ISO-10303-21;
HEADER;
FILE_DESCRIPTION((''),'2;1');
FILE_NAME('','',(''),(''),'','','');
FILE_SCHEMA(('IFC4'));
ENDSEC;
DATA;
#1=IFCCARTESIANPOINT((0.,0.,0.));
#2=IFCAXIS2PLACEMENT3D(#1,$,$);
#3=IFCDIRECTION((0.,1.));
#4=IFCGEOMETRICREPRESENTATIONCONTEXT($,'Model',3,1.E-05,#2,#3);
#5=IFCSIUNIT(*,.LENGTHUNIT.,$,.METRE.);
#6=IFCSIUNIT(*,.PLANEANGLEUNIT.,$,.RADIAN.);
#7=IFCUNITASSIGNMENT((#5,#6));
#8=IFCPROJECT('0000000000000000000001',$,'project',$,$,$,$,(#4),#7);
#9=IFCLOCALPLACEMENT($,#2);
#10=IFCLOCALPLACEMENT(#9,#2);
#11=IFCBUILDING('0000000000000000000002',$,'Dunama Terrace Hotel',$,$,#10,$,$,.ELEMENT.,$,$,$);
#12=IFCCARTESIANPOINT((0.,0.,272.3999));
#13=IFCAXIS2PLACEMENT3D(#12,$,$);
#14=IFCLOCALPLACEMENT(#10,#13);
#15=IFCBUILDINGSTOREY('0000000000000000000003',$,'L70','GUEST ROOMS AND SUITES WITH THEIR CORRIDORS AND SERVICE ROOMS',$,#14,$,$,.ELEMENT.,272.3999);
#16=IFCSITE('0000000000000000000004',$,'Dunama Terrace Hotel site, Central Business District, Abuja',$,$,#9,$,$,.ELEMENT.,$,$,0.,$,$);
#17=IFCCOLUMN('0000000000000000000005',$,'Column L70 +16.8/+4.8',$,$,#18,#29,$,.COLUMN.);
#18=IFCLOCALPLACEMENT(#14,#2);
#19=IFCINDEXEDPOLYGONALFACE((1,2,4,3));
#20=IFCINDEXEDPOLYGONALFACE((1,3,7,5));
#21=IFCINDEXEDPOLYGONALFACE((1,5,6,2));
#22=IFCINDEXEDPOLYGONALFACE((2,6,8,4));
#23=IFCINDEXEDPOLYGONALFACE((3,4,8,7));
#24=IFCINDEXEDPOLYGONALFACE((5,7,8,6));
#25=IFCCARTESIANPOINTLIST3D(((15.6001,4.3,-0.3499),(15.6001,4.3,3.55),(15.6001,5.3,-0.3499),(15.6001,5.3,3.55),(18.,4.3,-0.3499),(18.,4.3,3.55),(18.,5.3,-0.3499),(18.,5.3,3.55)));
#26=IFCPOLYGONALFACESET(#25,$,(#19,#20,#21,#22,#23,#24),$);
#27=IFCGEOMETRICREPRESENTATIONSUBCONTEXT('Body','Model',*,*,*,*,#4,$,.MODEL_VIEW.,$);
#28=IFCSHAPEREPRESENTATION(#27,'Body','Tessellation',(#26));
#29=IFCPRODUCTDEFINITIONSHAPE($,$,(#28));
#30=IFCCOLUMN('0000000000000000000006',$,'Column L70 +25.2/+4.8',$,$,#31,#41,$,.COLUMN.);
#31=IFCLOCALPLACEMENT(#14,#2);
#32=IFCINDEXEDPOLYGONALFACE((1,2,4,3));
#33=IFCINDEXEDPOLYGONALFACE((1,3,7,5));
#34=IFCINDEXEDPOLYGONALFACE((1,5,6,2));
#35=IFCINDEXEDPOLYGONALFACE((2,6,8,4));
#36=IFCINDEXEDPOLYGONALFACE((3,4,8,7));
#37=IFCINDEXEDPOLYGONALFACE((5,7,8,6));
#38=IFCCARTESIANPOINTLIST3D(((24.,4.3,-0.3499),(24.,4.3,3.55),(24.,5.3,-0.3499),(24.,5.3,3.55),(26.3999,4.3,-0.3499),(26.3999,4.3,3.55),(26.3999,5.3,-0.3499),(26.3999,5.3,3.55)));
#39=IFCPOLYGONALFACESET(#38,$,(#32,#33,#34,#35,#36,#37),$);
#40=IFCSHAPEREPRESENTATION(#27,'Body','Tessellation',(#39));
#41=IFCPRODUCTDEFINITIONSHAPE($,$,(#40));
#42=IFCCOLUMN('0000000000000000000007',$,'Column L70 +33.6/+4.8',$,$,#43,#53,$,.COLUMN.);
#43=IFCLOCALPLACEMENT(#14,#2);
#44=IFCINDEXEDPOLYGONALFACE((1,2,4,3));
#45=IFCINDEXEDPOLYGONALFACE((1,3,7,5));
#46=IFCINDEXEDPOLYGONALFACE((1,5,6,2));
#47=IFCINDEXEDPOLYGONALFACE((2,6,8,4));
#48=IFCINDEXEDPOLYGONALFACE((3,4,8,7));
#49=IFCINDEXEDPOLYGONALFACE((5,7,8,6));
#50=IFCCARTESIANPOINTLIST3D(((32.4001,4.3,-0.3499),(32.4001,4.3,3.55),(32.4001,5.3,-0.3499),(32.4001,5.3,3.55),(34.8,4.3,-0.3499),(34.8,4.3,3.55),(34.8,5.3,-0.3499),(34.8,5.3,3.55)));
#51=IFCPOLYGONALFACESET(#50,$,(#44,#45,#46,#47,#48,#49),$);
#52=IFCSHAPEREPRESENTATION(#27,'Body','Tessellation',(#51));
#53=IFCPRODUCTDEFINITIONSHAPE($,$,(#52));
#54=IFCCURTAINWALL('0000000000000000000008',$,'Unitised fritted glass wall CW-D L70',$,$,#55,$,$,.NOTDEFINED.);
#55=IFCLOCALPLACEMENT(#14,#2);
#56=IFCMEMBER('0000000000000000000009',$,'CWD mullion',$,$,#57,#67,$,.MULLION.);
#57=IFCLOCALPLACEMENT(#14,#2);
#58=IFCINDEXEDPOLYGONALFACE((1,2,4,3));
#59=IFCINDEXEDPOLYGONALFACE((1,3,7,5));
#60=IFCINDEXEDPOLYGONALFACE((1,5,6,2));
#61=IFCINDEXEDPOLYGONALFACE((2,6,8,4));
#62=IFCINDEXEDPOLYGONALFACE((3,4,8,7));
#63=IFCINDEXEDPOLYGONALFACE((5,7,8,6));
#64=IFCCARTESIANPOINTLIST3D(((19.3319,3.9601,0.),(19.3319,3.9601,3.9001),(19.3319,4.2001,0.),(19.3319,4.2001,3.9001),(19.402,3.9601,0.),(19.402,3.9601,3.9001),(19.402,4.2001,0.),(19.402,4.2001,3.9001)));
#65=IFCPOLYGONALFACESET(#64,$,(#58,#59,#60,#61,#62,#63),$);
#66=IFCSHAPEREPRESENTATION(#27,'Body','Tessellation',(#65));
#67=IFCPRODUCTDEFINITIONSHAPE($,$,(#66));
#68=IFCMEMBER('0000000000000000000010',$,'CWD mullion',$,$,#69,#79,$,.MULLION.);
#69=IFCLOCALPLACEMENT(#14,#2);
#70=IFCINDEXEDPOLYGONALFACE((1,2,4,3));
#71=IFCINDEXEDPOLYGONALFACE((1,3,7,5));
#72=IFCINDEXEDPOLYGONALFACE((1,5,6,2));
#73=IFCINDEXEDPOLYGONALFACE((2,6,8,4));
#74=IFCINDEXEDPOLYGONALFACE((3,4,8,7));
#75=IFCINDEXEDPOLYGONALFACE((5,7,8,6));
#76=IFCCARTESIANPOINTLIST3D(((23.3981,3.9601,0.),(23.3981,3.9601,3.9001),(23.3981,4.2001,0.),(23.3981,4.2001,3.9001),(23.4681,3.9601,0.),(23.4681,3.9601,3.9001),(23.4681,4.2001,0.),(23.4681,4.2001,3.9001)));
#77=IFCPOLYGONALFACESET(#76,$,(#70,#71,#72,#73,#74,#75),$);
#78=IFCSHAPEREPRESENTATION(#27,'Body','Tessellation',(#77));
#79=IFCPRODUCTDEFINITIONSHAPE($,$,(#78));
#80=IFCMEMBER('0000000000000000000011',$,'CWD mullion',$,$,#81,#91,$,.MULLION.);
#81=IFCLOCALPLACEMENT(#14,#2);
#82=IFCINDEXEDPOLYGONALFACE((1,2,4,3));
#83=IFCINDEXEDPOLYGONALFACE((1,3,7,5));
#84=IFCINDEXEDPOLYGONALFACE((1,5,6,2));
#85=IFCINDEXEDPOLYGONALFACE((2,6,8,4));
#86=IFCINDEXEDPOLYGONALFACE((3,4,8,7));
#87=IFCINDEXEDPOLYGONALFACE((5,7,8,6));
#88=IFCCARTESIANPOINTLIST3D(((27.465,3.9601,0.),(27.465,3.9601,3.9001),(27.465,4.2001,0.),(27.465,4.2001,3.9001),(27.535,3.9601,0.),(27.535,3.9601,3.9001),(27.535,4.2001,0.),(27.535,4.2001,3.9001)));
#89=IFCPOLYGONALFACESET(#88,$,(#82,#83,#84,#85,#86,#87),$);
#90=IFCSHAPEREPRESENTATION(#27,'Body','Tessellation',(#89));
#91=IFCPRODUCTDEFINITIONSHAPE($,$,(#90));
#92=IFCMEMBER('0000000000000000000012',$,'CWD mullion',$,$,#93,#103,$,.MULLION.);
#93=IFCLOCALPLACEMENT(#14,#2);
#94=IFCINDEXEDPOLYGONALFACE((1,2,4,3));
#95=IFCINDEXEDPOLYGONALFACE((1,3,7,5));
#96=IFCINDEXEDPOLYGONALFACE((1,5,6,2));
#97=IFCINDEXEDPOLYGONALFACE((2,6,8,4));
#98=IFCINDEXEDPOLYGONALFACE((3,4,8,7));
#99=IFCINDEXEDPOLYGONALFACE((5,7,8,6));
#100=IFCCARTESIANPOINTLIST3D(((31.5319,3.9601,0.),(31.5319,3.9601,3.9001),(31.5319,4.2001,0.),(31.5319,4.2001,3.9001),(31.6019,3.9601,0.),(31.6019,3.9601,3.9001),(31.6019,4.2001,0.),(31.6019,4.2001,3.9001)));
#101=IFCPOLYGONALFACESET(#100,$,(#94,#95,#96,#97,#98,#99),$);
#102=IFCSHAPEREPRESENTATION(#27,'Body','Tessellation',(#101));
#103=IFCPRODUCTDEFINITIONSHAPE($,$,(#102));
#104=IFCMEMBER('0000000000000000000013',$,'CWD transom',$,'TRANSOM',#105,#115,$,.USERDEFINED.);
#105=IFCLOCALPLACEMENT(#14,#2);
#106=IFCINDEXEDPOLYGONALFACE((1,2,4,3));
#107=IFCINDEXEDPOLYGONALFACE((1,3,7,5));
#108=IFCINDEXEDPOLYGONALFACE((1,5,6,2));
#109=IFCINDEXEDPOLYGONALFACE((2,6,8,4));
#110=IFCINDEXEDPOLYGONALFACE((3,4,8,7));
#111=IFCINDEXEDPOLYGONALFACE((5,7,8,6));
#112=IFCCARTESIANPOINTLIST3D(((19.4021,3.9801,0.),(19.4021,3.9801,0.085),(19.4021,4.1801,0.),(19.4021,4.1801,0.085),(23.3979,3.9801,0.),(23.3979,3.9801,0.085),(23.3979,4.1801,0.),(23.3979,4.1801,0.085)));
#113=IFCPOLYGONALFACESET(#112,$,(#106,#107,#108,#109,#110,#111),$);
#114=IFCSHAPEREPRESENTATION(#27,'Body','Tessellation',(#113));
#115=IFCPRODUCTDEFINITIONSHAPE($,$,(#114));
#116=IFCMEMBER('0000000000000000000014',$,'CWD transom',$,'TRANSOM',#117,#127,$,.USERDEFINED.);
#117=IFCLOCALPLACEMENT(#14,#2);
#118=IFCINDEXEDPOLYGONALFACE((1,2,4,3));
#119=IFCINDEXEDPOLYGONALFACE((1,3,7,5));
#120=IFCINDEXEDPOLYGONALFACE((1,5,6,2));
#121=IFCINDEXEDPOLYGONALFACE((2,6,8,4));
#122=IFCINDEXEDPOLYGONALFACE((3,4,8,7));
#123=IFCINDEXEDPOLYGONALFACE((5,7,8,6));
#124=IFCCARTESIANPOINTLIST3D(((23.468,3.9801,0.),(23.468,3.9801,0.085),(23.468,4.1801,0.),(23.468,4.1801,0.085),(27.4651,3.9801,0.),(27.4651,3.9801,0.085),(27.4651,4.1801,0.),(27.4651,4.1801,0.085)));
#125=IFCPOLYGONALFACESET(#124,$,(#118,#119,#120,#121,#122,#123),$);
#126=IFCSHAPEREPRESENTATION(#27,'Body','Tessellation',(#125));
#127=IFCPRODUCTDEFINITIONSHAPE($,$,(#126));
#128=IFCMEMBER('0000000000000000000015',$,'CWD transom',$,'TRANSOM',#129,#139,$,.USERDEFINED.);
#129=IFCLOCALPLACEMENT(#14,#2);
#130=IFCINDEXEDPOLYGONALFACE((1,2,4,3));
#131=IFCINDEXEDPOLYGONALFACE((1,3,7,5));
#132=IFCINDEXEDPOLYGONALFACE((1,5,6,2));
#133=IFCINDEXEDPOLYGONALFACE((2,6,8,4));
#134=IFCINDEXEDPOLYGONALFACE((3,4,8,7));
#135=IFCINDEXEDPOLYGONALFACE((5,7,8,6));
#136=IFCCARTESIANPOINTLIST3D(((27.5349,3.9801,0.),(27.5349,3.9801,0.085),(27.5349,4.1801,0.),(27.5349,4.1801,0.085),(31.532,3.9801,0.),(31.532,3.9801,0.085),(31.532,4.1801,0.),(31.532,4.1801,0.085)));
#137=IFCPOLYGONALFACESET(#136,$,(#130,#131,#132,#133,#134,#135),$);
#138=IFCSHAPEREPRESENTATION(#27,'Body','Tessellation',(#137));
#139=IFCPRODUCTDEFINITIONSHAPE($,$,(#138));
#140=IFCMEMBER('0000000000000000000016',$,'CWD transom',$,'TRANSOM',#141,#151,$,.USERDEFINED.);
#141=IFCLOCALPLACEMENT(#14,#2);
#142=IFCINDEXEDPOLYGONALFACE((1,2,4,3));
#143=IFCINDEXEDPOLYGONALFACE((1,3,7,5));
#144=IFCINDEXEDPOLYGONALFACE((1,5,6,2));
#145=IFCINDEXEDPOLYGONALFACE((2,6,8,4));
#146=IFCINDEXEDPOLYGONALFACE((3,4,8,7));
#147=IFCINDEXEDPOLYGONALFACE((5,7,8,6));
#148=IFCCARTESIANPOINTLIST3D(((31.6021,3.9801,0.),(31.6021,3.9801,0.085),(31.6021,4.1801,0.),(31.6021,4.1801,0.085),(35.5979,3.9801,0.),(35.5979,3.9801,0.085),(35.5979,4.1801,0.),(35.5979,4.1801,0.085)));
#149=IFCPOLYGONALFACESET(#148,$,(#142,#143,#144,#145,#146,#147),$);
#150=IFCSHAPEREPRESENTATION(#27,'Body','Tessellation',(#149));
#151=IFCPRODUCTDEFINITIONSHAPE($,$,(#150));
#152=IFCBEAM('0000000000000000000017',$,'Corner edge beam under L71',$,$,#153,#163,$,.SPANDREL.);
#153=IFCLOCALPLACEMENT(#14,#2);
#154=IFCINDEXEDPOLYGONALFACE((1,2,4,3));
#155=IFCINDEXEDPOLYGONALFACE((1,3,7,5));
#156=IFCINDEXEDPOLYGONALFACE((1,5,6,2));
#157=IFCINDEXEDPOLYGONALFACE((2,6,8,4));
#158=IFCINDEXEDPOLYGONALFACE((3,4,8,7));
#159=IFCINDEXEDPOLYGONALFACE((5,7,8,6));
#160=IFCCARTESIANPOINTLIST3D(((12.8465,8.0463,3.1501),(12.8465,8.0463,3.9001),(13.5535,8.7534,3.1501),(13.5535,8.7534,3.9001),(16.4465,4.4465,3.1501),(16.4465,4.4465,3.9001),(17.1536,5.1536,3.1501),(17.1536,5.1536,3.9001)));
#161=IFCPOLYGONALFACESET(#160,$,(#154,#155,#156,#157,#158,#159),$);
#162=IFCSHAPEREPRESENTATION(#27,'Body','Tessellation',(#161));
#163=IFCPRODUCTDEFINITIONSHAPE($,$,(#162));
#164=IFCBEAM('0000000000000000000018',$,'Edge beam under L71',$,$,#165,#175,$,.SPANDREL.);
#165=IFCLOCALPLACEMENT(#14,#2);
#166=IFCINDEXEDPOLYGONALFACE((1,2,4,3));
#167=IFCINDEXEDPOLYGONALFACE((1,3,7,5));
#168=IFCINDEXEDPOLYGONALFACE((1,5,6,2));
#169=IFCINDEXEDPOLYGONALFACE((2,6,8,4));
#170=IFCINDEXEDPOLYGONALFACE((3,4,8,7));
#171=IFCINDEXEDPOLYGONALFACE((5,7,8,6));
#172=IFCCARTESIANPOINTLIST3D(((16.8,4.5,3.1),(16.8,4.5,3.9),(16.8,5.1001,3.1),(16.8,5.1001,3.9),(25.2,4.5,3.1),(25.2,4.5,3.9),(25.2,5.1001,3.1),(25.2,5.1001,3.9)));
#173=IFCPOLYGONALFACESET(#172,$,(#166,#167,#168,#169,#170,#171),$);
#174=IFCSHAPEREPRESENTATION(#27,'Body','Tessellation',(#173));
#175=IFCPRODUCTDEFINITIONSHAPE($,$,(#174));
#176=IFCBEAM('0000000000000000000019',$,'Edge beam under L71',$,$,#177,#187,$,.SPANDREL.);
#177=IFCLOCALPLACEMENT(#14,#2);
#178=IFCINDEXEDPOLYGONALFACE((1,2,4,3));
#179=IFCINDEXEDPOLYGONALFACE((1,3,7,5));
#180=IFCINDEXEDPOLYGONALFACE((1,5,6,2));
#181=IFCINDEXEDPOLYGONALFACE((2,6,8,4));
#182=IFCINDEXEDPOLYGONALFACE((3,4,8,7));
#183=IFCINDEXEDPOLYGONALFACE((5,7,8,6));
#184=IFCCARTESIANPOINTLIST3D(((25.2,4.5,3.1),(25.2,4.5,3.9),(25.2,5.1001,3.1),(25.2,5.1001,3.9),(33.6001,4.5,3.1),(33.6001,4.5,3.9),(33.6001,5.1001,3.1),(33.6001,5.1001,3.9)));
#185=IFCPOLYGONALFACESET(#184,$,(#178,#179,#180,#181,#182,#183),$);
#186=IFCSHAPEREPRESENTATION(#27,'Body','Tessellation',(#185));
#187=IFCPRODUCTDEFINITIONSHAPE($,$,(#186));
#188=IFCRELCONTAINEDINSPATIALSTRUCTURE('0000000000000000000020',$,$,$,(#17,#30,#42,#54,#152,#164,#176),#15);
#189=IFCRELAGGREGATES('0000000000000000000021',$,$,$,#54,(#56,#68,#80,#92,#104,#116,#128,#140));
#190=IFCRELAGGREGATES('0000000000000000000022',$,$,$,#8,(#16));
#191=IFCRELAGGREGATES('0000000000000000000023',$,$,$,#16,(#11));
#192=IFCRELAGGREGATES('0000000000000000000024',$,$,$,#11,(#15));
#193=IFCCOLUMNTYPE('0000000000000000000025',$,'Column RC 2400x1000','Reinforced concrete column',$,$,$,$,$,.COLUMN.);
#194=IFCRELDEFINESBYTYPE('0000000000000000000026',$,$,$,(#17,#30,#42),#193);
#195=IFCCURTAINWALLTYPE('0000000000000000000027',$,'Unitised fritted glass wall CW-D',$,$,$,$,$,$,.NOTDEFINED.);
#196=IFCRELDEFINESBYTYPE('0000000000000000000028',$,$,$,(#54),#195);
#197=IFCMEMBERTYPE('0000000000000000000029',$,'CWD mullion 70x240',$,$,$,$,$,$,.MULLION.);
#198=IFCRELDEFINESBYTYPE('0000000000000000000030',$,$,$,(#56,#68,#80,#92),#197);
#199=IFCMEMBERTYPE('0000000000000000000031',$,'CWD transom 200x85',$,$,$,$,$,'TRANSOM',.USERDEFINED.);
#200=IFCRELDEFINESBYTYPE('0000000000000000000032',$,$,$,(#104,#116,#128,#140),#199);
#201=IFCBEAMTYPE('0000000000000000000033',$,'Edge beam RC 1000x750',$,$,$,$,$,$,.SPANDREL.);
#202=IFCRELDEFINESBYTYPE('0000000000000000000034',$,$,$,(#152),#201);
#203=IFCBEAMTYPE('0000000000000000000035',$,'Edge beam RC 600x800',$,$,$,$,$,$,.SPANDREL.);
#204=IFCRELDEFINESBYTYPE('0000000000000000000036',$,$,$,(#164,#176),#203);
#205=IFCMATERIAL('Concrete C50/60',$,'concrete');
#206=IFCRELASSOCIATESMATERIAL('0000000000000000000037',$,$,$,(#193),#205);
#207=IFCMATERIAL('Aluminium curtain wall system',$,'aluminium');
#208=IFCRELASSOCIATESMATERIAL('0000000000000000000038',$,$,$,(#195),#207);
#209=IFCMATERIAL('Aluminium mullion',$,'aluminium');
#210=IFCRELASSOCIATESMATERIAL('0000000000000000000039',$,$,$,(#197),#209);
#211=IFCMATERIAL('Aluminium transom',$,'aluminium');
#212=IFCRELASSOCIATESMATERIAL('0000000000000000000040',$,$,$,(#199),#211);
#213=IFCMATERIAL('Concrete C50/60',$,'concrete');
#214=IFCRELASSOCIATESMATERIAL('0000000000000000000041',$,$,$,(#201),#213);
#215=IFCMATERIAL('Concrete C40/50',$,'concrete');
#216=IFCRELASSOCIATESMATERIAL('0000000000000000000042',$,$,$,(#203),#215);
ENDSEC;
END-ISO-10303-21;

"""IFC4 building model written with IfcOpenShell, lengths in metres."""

from ifc_helpers import new_model, si_unit, direction, frame, origin, origin_2d, place, context, subcontext, project, spatial, rectangle, extrude, material, material_profile, profile_set, type_object, element, aggregate, save


model = new_model("IFC4")

# Units and contexts
model_context = context("Model", 3, precision=1e-05, world=origin(), true_north=direction((0.0, 1.0)))
body_context = subcontext(model_context, "Body", "Model", "MODEL_VIEW")
ifc_project = project(units=[si_unit("LENGTHUNIT", "METRE"), si_unit("PLANEANGLEUNIT", "RADIAN")], contexts=[model_context])

# Site, building, storey
site_placement = place(None, origin())
site = spatial("IfcSite", under=ifc_project, at=site_placement, Name="Dunama Terrace Hotel site, Central Business District, Abuja", CompositionType="ELEMENT", RefElevation=0.0)
building_placement = place(site_placement, origin())
building = spatial("IfcBuilding", under=site, at=building_placement, Name="Dunama Terrace Hotel", CompositionType="ELEMENT")
storey_placement = place(building_placement, frame((0.0, 0.0, 272.3999)))
storey = spatial("IfcBuildingStorey", under=building, at=storey_placement, Name="L70", Description="GUEST ROOMS AND SUITES WITH THEIR CORRIDORS AND SERVICE ROOMS", CompositionType="ELEMENT", Elevation=272.3999)

# Columns
ifc_material_1 = material(Name="Concrete C50/60", Category="concrete")
ifc_material_profile_1 = material_profile(ifc_material_1, rectangle(XDim=2.3999, YDim=1.0, at=origin_2d()), Name="RC 2400x1000")
ifc_profile_set_1 = profile_set([ifc_material_profile_1], Name="Concrete C50/60")
column_type = type_object("IfcColumnType", Name="Column RC 2400x1000", Description="Reinforced concrete column", PredefinedType="COLUMN", material=ifc_profile_set_1)
for number, where, z_axis, x_axis, name in (
    (1, (16.8, 4.8, -0.3499), (0.0, 0.0, 1.0), (1.0, 0.0, 0.0), "Column L70 +16.8/+4.8"),
    (2, (25.2, 4.8, -0.3499), (0.0, 0.0, 1.0), (1.0, 0.0, 0.0), "Column L70 +25.2/+4.8"),
    (3, (33.6001, 4.8, -0.3499), (0.0, 0.0, 1.0), (1.0, 0.0, 0.0), "Column L70 +33.6/+4.8"),
):
    element("IfcColumn", number, at=place(storey_placement, frame(where, z_axis=z_axis, x_axis=x_axis)), inside=storey, type_object=column_type, Name=name, PredefinedType="COLUMN", context=body_context, shape_type="SweptSolid", body=[
        extrude(rectangle(XDim=2.3999, YDim=1.0, at=origin_2d()), origin(), (0.0, 0.0, 1.0), 3.8999),
    ])

# Curtain wall, members
ifc_material_2 = material(Name="Aluminium curtain wall system", Category="aluminium")
curtain_wall_type = type_object("IfcCurtainWallType", Name="Unitised fritted glass wall CW-D", PredefinedType="NOTDEFINED", material=ifc_material_2)
curtain_wall_placement = place(storey_placement, origin())
curtain_wall = element("IfcCurtainWall", 4, at=curtain_wall_placement, inside=storey, type_object=curtain_wall_type, Name="Unitised fritted glass wall CW-D L70", PredefinedType="NOTDEFINED")
ifc_material_3 = material(Name="Aluminium mullion", Category="aluminium")
ifc_material_profile_2 = material_profile(ifc_material_3, rectangle(XDim=0.0701, YDim=0.24, at=origin_2d()), Name="CWD MULLION 70X240")
ifc_profile_set_2 = profile_set([ifc_material_profile_2], Name="Aluminium mullion")
member_type_1 = type_object("IfcMemberType", Name="CWD mullion 70x240", PredefinedType="MULLION", material=ifc_profile_set_2)
member_1_placement = place(storey_placement, frame((19.3669, 4.0801, 0.0), z_axis=(0.0, 0.0, 1.0), x_axis=(1.0, 0.0, 0.0)))
member_1 = element("IfcMember", 5, at=member_1_placement, type_object=member_type_1, Name="CWD mullion", PredefinedType="MULLION", context=body_context, shape_type="SweptSolid", body=[
    extrude(rectangle(XDim=0.0701, YDim=0.24, at=origin_2d()), origin(), (0.0, 0.0, 1.0), 3.9001),
])
member_2_placement = place(storey_placement, frame((23.4331, 4.0801, 0.0), z_axis=(0.0, 0.0, 1.0), x_axis=(1.0, 0.0, 0.0)))
member_2 = element("IfcMember", 6, at=member_2_placement, type_object=member_type_1, Name="CWD mullion", PredefinedType="MULLION", context=body_context, shape_type="SweptSolid", body=[
    extrude(rectangle(XDim=0.0701, YDim=0.24, at=origin_2d()), origin(), (0.0, 0.0, 1.0), 3.9001),
])
member_3_placement = place(storey_placement, frame((27.5, 4.0801, 0.0), z_axis=(0.0, 0.0, 1.0), x_axis=(1.0, 0.0, 0.0)))
member_3 = element("IfcMember", 7, at=member_3_placement, type_object=member_type_1, Name="CWD mullion", PredefinedType="MULLION", context=body_context, shape_type="SweptSolid", body=[
    extrude(rectangle(XDim=0.0701, YDim=0.24, at=origin_2d()), origin(), (0.0, 0.0, 1.0), 3.9001),
])
member_4_placement = place(storey_placement, frame((31.5669, 4.0801, 0.0), z_axis=(0.0, 0.0, 1.0), x_axis=(1.0, 0.0, 0.0)))
member_4 = element("IfcMember", 8, at=member_4_placement, type_object=member_type_1, Name="CWD mullion", PredefinedType="MULLION", context=body_context, shape_type="SweptSolid", body=[
    extrude(rectangle(XDim=0.0701, YDim=0.24, at=origin_2d()), origin(), (0.0, 0.0, 1.0), 3.9001),
])
ifc_material_4 = material(Name="Aluminium transom", Category="aluminium")
ifc_material_profile_3 = material_profile(ifc_material_4, rectangle(XDim=0.2, YDim=0.085, at=origin_2d()), Name="CWD TRANSOM 200X85")
ifc_profile_set_3 = profile_set([ifc_material_profile_3], Name="Aluminium transom")
member_type_2 = type_object("IfcMemberType", Name="CWD transom 200x85", ElementType="TRANSOM", PredefinedType="USERDEFINED", material=ifc_profile_set_3)
member_5_placement = place(storey_placement, frame((19.4021, 4.0801, 0.0425), z_axis=(1.0, 0.0, 0.0), x_axis=(0.0, 1.0, 0.0)))
member_5 = element("IfcMember", 9, at=member_5_placement, type_object=member_type_2, Name="CWD transom", ObjectType="TRANSOM", PredefinedType="USERDEFINED", context=body_context, shape_type="SweptSolid", body=[
    extrude(rectangle(XDim=0.2, YDim=0.085, at=origin_2d()), origin(), (0.0, 0.0, 1.0), 3.9958),
])
member_6_placement = place(storey_placement, frame((23.468, 4.0801, 0.0425), z_axis=(1.0, 0.0, 0.0), x_axis=(0.0, 1.0, 0.0)))
member_6 = element("IfcMember", 10, at=member_6_placement, type_object=member_type_2, Name="CWD transom", ObjectType="TRANSOM", PredefinedType="USERDEFINED", context=body_context, shape_type="SweptSolid", body=[
    extrude(rectangle(XDim=0.2, YDim=0.085, at=origin_2d()), origin(), (0.0, 0.0, 1.0), 3.9971),
])
member_7_placement = place(storey_placement, frame((27.5349, 4.0801, 0.0425), z_axis=(1.0, 0.0, 0.0), x_axis=(0.0, 1.0, 0.0)))
member_7 = element("IfcMember", 11, at=member_7_placement, type_object=member_type_2, Name="CWD transom", ObjectType="TRANSOM", PredefinedType="USERDEFINED", context=body_context, shape_type="SweptSolid", body=[
    extrude(rectangle(XDim=0.2, YDim=0.085, at=origin_2d()), origin(), (0.0, 0.0, 1.0), 3.9971),
])
member_8_placement = place(storey_placement, frame((31.6021, 4.0801, 0.0425), z_axis=(1.0, 0.0, 0.0), x_axis=(0.0, 1.0, 0.0)))
member_8 = element("IfcMember", 12, at=member_8_placement, type_object=member_type_2, Name="CWD transom", ObjectType="TRANSOM", PredefinedType="USERDEFINED", context=body_context, shape_type="SweptSolid", body=[
    extrude(rectangle(XDim=0.2, YDim=0.085, at=origin_2d()), origin(), (0.0, 0.0, 1.0), 3.9958),
])

# Beams
ifc_material_5 = material(Name="Concrete C50/60", Category="concrete")
ifc_material_profile_4 = material_profile(ifc_material_5, rectangle(XDim=1.0, YDim=0.75, at=origin_2d()), Name="RC 1000x750")
ifc_profile_set_4 = profile_set([ifc_material_profile_4], Name="Concrete C50/60")
beam_type_1 = type_object("IfcBeamType", Name="Edge beam RC 1000x750", PredefinedType="SPANDREL", material=ifc_profile_set_4)
beam_1_placement = place(storey_placement, frame((16.8, 4.8, 3.5251), z_axis=(-0.707131, 0.707083, 0.0), x_axis=(-0.707083, -0.707131, 0.0)))
element("IfcBeam", 13, at=beam_1_placement, inside=storey, type_object=beam_type_1, Name="Corner edge beam under L71", PredefinedType="SPANDREL", context=body_context, shape_type="SweptSolid", body=[
    extrude(rectangle(XDim=1.0, YDim=0.75, at=origin_2d()), origin(), (0.0, 0.0, 1.0), 5.0911),
])
ifc_material_6 = material(Name="Concrete C40/50", Category="concrete")
ifc_material_profile_5 = material_profile(ifc_material_6, rectangle(XDim=0.6001, YDim=0.8, at=origin_2d()), Name="RC 600x800")
ifc_profile_set_5 = profile_set([ifc_material_profile_5], Name="Concrete C40/50")
beam_type_2 = type_object("IfcBeamType", Name="Edge beam RC 600x800", PredefinedType="SPANDREL", material=ifc_profile_set_5)
beam_2_placement = place(storey_placement, frame((16.8, 4.8, 3.5), z_axis=(1.0, 0.0, 0.0), x_axis=(0.0, 1.0, 0.0)))
element("IfcBeam", 14, at=beam_2_placement, inside=storey, type_object=beam_type_2, Name="Edge beam under L71", PredefinedType="SPANDREL", context=body_context, shape_type="SweptSolid", body=[
    extrude(rectangle(XDim=0.6001, YDim=0.8, at=origin_2d()), origin(), (0.0, 0.0, 1.0), 8.3999),
])
beam_3_placement = place(storey_placement, frame((25.2, 4.8, 3.5), z_axis=(1.0, 0.0, 0.0), x_axis=(0.0, 1.0, 0.0)))
element("IfcBeam", 15, at=beam_3_placement, inside=storey, type_object=beam_type_2, Name="Edge beam under L71", PredefinedType="SPANDREL", context=body_context, shape_type="SweptSolid", body=[
    extrude(rectangle(XDim=0.6001, YDim=0.8, at=origin_2d()), origin(), (0.0, 0.0, 1.0), 8.4001),
])

aggregate(curtain_wall, [member_1, member_2, member_3, member_4, member_5, member_6, member_7, member_8])

save(model, "model.ifc")
